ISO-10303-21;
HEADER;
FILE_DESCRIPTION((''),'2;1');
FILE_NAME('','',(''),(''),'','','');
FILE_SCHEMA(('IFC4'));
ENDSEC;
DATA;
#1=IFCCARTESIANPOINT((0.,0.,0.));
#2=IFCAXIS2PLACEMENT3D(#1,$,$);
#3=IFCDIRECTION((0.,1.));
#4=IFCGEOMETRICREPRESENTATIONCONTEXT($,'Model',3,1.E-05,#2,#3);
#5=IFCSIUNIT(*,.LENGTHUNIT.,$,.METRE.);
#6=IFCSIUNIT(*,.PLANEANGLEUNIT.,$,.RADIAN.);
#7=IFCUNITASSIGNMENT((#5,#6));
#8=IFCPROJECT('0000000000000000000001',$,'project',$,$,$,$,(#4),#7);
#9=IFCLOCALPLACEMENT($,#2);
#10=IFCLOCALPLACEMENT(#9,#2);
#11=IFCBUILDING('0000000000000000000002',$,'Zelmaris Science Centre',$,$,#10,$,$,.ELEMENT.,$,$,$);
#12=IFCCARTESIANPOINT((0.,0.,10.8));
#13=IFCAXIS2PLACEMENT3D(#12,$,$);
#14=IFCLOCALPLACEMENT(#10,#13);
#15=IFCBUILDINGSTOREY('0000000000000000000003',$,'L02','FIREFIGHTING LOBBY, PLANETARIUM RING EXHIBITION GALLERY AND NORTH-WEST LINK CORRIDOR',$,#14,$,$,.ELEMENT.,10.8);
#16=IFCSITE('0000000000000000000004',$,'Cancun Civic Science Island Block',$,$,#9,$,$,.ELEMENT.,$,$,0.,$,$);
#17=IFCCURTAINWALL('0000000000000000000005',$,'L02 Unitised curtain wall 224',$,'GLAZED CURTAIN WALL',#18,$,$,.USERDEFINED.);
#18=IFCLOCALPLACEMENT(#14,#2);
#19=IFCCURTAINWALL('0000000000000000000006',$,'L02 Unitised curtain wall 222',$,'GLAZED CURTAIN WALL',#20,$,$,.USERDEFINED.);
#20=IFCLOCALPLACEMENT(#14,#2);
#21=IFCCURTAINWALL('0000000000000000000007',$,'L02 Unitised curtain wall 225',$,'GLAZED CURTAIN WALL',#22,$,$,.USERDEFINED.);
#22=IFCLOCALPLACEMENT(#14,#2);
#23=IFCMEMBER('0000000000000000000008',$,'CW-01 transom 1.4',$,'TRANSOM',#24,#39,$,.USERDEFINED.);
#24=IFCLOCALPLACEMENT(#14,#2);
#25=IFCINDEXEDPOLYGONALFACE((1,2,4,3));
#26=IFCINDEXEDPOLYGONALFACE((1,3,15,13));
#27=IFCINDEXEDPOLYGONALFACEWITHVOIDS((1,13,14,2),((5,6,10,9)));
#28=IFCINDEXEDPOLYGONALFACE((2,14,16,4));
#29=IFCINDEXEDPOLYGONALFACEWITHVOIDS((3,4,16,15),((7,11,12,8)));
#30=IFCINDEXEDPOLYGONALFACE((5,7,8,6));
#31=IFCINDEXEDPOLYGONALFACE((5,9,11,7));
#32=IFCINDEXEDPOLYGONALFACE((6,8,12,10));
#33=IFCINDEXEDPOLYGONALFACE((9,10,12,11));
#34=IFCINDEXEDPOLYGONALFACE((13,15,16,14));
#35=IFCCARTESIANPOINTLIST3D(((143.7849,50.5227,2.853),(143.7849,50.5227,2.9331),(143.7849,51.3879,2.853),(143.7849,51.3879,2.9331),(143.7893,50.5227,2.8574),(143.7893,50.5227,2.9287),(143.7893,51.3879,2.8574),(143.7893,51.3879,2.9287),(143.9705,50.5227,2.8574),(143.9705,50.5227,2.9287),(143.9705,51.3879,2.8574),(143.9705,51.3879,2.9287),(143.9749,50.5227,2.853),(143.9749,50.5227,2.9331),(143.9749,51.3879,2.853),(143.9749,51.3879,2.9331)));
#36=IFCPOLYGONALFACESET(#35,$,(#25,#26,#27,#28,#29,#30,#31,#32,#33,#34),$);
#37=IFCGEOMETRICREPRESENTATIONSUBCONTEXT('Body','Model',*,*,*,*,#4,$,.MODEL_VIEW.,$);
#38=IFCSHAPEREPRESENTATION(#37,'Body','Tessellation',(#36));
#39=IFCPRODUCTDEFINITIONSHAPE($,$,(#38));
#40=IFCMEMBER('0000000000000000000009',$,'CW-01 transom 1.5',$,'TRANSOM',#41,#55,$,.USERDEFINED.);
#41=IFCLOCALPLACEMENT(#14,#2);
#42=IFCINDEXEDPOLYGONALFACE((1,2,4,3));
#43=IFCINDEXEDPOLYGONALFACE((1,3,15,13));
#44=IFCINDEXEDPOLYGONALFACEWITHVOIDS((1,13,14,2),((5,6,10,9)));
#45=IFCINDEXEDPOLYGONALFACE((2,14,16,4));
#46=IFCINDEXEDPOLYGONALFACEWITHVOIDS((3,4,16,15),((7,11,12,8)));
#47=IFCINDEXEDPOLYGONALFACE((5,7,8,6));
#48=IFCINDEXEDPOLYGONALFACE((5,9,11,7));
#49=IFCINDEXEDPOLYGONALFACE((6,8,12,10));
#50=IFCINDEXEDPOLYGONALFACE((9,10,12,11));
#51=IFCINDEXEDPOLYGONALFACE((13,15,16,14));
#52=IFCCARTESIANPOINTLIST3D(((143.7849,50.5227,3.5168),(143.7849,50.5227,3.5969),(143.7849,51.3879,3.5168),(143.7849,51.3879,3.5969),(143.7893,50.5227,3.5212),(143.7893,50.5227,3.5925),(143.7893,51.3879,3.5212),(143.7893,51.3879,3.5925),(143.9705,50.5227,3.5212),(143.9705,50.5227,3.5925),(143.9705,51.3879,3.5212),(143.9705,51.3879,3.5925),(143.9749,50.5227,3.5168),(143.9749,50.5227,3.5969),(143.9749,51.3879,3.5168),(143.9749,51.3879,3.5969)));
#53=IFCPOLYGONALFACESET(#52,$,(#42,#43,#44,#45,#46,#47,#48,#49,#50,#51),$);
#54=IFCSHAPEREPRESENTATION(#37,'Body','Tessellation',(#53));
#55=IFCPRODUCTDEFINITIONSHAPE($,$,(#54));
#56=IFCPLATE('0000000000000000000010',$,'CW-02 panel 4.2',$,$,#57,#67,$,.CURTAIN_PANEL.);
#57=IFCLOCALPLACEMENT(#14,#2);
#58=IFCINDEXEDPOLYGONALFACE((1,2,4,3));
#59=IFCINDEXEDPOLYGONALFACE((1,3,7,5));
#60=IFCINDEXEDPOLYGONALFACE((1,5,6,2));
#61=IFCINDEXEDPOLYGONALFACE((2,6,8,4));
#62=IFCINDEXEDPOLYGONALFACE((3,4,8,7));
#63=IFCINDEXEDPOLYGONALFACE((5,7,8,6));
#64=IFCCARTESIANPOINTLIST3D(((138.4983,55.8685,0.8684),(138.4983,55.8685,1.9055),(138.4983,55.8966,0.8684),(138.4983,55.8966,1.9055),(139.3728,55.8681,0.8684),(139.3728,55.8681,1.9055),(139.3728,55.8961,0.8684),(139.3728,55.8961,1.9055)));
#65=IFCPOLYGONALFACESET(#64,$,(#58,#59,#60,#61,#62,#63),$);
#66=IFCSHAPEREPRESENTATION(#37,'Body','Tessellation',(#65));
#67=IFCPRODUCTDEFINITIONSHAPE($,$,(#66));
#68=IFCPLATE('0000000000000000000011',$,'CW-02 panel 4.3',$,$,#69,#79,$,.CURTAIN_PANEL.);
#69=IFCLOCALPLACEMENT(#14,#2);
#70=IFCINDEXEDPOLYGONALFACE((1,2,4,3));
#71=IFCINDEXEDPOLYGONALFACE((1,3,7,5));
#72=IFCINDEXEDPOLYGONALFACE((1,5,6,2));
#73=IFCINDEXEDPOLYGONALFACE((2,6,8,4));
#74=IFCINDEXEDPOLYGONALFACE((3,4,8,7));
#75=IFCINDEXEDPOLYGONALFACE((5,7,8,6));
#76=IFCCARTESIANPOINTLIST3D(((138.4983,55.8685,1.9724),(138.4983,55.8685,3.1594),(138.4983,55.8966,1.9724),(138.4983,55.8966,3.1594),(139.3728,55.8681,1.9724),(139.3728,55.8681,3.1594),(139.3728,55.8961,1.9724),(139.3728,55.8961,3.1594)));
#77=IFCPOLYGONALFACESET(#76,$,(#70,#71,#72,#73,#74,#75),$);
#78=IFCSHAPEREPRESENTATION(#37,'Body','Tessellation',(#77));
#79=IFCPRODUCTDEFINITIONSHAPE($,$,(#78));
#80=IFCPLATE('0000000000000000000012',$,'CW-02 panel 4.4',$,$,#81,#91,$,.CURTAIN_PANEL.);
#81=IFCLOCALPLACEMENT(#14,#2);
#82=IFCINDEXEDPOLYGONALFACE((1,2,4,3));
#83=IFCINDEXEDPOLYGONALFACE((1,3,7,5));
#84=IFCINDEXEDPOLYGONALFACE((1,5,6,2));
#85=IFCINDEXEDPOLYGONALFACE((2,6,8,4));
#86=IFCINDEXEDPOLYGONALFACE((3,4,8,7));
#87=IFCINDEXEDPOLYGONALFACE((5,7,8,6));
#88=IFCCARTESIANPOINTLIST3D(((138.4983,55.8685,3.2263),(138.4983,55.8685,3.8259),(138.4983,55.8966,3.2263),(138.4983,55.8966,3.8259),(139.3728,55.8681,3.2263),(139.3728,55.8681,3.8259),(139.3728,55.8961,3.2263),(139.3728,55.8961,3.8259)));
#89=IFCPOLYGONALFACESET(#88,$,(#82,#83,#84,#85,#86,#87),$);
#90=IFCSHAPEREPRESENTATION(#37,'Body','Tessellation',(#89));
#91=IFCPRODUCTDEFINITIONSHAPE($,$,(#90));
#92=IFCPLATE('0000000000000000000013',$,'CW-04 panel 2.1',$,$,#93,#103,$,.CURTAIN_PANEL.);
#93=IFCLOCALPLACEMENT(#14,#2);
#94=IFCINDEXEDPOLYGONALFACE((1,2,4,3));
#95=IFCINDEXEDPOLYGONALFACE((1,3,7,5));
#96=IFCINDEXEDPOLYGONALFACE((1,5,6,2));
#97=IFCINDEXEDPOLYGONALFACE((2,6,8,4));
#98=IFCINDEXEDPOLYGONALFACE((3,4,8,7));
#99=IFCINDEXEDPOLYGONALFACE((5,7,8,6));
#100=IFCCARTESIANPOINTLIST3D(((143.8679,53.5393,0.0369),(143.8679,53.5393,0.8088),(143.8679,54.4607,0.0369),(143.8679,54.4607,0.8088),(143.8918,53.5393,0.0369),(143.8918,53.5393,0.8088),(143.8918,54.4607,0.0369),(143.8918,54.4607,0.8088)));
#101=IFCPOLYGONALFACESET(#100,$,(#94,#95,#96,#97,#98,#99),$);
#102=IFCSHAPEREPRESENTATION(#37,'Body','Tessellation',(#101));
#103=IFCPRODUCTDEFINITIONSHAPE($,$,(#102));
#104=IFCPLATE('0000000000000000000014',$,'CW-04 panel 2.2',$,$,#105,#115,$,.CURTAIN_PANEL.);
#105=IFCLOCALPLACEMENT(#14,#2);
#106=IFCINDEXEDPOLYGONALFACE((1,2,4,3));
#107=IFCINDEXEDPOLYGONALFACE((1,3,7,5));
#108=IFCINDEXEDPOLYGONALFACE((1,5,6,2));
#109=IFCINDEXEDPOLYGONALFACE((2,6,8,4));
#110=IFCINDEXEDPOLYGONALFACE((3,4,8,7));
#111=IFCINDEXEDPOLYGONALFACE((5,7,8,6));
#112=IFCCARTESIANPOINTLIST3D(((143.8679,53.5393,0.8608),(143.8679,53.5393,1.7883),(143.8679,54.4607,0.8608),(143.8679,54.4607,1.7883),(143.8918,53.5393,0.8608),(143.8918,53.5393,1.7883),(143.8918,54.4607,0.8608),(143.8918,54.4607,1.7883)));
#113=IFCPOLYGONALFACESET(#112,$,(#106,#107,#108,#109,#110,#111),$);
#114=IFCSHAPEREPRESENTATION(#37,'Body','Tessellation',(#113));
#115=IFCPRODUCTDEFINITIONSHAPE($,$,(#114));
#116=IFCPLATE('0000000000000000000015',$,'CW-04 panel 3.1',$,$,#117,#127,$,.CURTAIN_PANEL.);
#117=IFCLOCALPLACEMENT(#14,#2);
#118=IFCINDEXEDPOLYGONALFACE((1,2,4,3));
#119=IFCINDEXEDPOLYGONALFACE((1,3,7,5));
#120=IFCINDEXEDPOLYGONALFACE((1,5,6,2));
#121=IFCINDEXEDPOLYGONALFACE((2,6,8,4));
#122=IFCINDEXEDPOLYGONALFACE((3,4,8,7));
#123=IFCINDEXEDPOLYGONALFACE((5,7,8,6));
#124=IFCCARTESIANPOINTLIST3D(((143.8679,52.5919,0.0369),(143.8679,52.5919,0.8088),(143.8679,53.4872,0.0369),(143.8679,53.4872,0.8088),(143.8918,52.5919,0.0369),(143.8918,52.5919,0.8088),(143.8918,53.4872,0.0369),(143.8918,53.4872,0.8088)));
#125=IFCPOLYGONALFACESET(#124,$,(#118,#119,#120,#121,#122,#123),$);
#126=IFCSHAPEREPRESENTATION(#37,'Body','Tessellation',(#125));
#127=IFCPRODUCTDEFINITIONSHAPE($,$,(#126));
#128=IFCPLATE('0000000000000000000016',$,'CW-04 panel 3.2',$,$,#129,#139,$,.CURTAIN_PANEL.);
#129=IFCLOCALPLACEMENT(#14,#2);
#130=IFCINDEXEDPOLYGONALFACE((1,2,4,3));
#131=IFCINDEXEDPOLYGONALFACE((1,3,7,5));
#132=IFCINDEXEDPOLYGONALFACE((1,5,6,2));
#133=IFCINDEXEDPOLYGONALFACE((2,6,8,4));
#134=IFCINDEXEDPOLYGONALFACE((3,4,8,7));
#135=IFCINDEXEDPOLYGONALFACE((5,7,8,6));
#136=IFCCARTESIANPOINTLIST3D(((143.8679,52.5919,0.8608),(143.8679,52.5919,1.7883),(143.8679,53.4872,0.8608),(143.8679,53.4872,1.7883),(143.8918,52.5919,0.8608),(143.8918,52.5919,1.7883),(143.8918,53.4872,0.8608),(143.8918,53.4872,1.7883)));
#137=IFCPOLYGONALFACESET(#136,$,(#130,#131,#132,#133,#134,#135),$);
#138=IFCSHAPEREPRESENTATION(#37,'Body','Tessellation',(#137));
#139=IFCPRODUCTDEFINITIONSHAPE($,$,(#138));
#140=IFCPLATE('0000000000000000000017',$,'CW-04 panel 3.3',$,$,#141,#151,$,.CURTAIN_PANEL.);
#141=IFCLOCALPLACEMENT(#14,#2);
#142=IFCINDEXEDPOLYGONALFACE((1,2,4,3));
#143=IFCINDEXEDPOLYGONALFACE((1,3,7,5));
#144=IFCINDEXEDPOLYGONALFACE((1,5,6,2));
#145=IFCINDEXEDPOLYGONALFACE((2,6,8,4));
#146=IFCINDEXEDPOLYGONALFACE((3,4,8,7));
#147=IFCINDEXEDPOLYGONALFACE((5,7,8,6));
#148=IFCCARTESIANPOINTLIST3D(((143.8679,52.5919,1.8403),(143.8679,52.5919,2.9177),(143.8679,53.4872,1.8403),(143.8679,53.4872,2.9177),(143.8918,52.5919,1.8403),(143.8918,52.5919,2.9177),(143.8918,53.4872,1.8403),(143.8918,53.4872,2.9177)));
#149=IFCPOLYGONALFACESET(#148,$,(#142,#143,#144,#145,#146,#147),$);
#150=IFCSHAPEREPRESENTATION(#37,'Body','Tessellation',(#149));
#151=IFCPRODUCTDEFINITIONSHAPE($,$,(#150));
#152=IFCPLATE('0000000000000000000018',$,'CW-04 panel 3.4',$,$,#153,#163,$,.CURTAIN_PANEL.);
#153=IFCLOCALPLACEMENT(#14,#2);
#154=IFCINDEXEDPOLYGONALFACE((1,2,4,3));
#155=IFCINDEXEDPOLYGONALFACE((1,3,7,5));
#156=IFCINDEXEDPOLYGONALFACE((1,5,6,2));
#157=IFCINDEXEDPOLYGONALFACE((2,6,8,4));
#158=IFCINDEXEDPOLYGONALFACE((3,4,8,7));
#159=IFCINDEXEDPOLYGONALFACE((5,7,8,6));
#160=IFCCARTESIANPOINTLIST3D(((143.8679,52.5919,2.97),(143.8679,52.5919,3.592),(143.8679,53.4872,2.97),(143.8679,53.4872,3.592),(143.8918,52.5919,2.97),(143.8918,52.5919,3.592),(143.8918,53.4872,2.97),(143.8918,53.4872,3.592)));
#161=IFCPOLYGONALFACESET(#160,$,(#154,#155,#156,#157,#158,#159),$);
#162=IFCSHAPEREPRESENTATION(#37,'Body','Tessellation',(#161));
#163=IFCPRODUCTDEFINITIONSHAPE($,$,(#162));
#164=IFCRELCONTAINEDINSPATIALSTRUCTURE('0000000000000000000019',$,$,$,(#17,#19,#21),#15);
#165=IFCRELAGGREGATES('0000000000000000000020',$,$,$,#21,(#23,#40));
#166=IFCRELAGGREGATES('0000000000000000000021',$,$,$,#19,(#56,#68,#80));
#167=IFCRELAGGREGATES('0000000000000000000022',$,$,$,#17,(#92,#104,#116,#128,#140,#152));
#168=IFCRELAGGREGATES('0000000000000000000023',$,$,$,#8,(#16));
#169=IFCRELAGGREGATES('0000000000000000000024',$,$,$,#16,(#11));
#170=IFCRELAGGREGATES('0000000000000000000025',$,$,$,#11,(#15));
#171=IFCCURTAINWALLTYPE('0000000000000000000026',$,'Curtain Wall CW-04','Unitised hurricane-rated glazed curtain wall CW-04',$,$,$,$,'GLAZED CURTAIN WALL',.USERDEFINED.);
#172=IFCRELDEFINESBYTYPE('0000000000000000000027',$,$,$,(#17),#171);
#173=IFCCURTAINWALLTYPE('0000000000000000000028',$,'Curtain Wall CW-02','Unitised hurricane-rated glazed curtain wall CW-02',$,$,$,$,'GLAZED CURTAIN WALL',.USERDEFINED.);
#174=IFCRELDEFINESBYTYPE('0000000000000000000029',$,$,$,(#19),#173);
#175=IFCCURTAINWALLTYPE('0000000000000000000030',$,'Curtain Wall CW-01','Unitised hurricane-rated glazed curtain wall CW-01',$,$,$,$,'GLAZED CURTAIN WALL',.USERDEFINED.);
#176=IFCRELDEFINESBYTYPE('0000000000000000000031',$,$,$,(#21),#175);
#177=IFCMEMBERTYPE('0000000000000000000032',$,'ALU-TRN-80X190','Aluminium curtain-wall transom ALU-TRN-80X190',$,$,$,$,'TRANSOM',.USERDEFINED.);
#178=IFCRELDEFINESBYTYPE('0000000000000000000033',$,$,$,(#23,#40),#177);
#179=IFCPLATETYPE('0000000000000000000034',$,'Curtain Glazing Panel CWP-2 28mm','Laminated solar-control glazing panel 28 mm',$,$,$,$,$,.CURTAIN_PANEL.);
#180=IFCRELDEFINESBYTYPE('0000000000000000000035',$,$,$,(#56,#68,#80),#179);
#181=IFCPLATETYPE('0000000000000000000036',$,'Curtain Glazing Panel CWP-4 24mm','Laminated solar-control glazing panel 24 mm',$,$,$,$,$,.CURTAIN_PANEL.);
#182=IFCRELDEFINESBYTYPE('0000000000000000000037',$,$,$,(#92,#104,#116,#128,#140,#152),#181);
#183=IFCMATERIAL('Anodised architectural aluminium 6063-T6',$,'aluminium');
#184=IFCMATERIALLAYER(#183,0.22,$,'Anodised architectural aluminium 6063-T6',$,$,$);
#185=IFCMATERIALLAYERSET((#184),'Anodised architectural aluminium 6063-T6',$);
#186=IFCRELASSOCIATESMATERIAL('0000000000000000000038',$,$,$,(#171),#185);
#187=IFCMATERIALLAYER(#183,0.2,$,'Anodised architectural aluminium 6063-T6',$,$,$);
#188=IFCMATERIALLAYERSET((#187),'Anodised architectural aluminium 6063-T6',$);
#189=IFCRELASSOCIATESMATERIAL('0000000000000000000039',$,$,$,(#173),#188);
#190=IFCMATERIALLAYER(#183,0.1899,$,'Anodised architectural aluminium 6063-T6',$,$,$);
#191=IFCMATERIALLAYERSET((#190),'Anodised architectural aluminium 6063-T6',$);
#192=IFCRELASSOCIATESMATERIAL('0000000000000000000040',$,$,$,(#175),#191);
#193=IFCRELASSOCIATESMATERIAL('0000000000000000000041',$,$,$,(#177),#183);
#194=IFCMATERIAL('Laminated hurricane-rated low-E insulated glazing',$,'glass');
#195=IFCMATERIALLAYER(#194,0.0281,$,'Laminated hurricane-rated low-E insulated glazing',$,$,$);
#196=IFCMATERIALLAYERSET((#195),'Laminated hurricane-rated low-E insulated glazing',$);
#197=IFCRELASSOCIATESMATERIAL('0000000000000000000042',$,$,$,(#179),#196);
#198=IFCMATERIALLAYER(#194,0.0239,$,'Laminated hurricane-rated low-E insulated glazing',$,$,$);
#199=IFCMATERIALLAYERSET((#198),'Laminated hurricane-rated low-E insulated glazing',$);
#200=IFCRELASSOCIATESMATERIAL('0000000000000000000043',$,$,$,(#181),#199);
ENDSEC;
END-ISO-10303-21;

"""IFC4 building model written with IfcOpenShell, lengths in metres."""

from ifc_helpers import new_model, si_unit, direction, frame, origin, origin_2d, place, context, subcontext, project, spatial, rectangle, hollow_rectangle, extrude, material, layer, layer_set, material_profile, profile_set, type_object, element, aggregate, save


model = new_model("IFC4")

# Units and contexts
model_context = context("Model", 3, precision=1e-05, world=origin(), true_north=direction((0.0, 1.0)))
body_context = subcontext(model_context, "Body", "Model", "MODEL_VIEW")
ifc_project = project(units=[si_unit("LENGTHUNIT", "METRE"), si_unit("PLANEANGLEUNIT", "RADIAN")], contexts=[model_context])

# Site, building, storey
site_placement = place(None, origin())
site = spatial("IfcSite", under=ifc_project, at=site_placement, Name="Cancun Civic Science Island Block", CompositionType="ELEMENT", RefElevation=0.0)
building_placement = place(site_placement, origin())
building = spatial("IfcBuilding", under=site, at=building_placement, Name="Zelmaris Science Centre", CompositionType="ELEMENT")
storey_placement = place(building_placement, frame((0.0, 0.0, 10.8)))
storey = spatial("IfcBuildingStorey", under=building, at=storey_placement, Name="L02", Description="FIREFIGHTING LOBBY, PLANETARIUM RING EXHIBITION GALLERY AND NORTH-WEST LINK CORRIDOR", CompositionType="ELEMENT", Elevation=10.8)

# Curtain wall
ifc_material_1 = material(Name="Anodised architectural aluminium 6063-T6", Category="aluminium")
ifc_layer_1 = layer(ifc_material_1, 0.22, Name="Anodised architectural aluminium 6063-T6")
ifc_layer_set_1 = layer_set([ifc_layer_1], Name="Anodised architectural aluminium 6063-T6")
curtain_wall_type_1 = type_object("IfcCurtainWallType", Name="Curtain Wall CW-04", Description="Unitised hurricane-rated glazed curtain wall CW-04", ElementType="GLAZED CURTAIN WALL", PredefinedType="USERDEFINED", material=ifc_layer_set_1)
curtain_wall_1_placement = place(storey_placement, origin())
curtain_wall_1 = element("IfcCurtainWall", 1, at=curtain_wall_1_placement, inside=storey, type_object=curtain_wall_type_1, Name="L02 Unitised curtain wall 224", ObjectType="GLAZED CURTAIN WALL", PredefinedType="USERDEFINED")

# Curtain walls
ifc_layer_2 = layer(ifc_material_1, 0.2, Name="Anodised architectural aluminium 6063-T6")
ifc_layer_set_2 = layer_set([ifc_layer_2], Name="Anodised architectural aluminium 6063-T6")
curtain_wall_type_2 = type_object("IfcCurtainWallType", Name="Curtain Wall CW-02", Description="Unitised hurricane-rated glazed curtain wall CW-02", ElementType="GLAZED CURTAIN WALL", PredefinedType="USERDEFINED", material=ifc_layer_set_2)
curtain_wall_2_placement = place(storey_placement, origin())
curtain_wall_2 = element("IfcCurtainWall", 2, at=curtain_wall_2_placement, inside=storey, type_object=curtain_wall_type_2, Name="L02 Unitised curtain wall 222", ObjectType="GLAZED CURTAIN WALL", PredefinedType="USERDEFINED")
ifc_layer_3 = layer(ifc_material_1, 0.1899, Name="Anodised architectural aluminium 6063-T6")
ifc_layer_set_3 = layer_set([ifc_layer_3], Name="Anodised architectural aluminium 6063-T6")
curtain_wall_type_3 = type_object("IfcCurtainWallType", Name="Curtain Wall CW-01", Description="Unitised hurricane-rated glazed curtain wall CW-01", ElementType="GLAZED CURTAIN WALL", PredefinedType="USERDEFINED", material=ifc_layer_set_3)
curtain_wall_3_placement = place(storey_placement, origin())
curtain_wall_3 = element("IfcCurtainWall", 3, at=curtain_wall_3_placement, inside=storey, type_object=curtain_wall_type_3, Name="L02 Unitised curtain wall 225", ObjectType="GLAZED CURTAIN WALL", PredefinedType="USERDEFINED")

# Members
ifc_material_profile_1 = material_profile(ifc_material_1, hollow_rectangle(XDim=0.0801, YDim=0.1899, WallThickness=0.0044, at=origin_2d()), Name="ALU-TRN-80X190")
ifc_profile_set_1 = profile_set([ifc_material_profile_1], Name="Anodised architectural aluminium 6063-T6")
member_type_1 = type_object("IfcMemberType", Name="ALU-TRN-80X190", Description="Aluminium curtain-wall transom ALU-TRN-80X190", ElementType="TRANSOM", PredefinedType="USERDEFINED", material=ifc_profile_set_1)
member_1_placement = place(storey_placement, frame((143.8799, 51.3879, 2.8931), z_axis=(0.0, -1.0, 0.0), x_axis=(0.0, 0.0, 1.0)))
member_1 = element("IfcMember", 4, at=member_1_placement, type_object=member_type_1, Name="CW-01 transom 1.4", ObjectType="TRANSOM", PredefinedType="USERDEFINED", context=body_context, shape_type="SweptSolid", body=[
    extrude(hollow_rectangle(XDim=0.0801, YDim=0.1899, WallThickness=0.0044, at=origin_2d()), origin(), (0.0, 0.0, 1.0), 0.8652),
])
member_2_placement = place(storey_placement, frame((143.8799, 51.3879, 3.5569), z_axis=(0.0, -1.0, 0.0), x_axis=(0.0, 0.0, 1.0)))
member_2 = element("IfcMember", 5, at=member_2_placement, type_object=member_type_1, Name="CW-01 transom 1.5", ObjectType="TRANSOM", PredefinedType="USERDEFINED", context=body_context, shape_type="SweptSolid", body=[
    extrude(hollow_rectangle(XDim=0.0801, YDim=0.1899, WallThickness=0.0044, at=origin_2d()), origin(), (0.0, 0.0, 1.0), 0.8652),
])
aggregate(curtain_wall_3, [member_1, member_2])

# Plates
ifc_material_2 = material(Name="Laminated hurricane-rated low-E insulated glazing", Category="glass")
ifc_layer_4 = layer(ifc_material_2, 0.0281, Name="Laminated hurricane-rated low-E insulated glazing")
ifc_layer_set_4 = layer_set([ifc_layer_4], Name="Laminated hurricane-rated low-E insulated glazing")
plate_type_1 = type_object("IfcPlateType", Name="Curtain Glazing Panel CWP-2 28mm", Description="Laminated solar-control glazing panel 28 mm", PredefinedType="CURTAIN_PANEL", material=ifc_layer_set_4)
plate_1_placement = place(storey_placement, frame((138.9355, 55.8823, 0.8684), z_axis=(0.0, 0.0, 1.0), x_axis=(1.0, -0.000487, 0.0)))
plate_1 = element("IfcPlate", 6, at=plate_1_placement, type_object=plate_type_1, Name="CW-02 panel 4.2", PredefinedType="CURTAIN_PANEL", context=body_context, shape_type="SweptSolid", body=[
    extrude(rectangle(XDim=0.8745, YDim=0.0281, at=origin_2d()), origin(), (0.0, 0.0, 1.0), 1.0371),
])
plate_2_placement = place(storey_placement, frame((138.9355, 55.8823, 1.9724), z_axis=(0.0, 0.0, 1.0), x_axis=(1.0, -0.000487, 0.0)))
plate_2 = element("IfcPlate", 7, at=plate_2_placement, type_object=plate_type_1, Name="CW-02 panel 4.3", PredefinedType="CURTAIN_PANEL", context=body_context, shape_type="SweptSolid", body=[
    extrude(rectangle(XDim=0.8745, YDim=0.0281, at=origin_2d()), origin(), (0.0, 0.0, 1.0), 1.187),
])
plate_3_placement = place(storey_placement, frame((138.9355, 55.8823, 3.2263), z_axis=(0.0, 0.0, 1.0), x_axis=(1.0, -0.000487, 0.0)))
plate_3 = element("IfcPlate", 8, at=plate_3_placement, type_object=plate_type_1, Name="CW-02 panel 4.4", PredefinedType="CURTAIN_PANEL", context=body_context, shape_type="SweptSolid", body=[
    extrude(rectangle(XDim=0.8745, YDim=0.0281, at=origin_2d()), origin(), (0.0, 0.0, 1.0), 0.5996),
])
aggregate(curtain_wall_2, [plate_1, plate_2, plate_3])
ifc_layer_5 = layer(ifc_material_2, 0.0239, Name="Laminated hurricane-rated low-E insulated glazing")
ifc_layer_set_5 = layer_set([ifc_layer_5], Name="Laminated hurricane-rated low-E insulated glazing")
plate_type_2 = type_object("IfcPlateType", Name="Curtain Glazing Panel CWP-4 24mm", Description="Laminated solar-control glazing panel 24 mm", PredefinedType="CURTAIN_PANEL", material=ifc_layer_set_5)
plate_4_placement = place(storey_placement, frame((143.8799, 54.0, 0.0369), z_axis=(0.0, 0.0, 1.0), x_axis=(0.0, -1.0, 0.0)))
plate_4 = element("IfcPlate", 9, at=plate_4_placement, type_object=plate_type_2, Name="CW-04 panel 2.1", PredefinedType="CURTAIN_PANEL", context=body_context, shape_type="SweptSolid", body=[
    extrude(rectangle(XDim=0.9214, YDim=0.0239, at=origin_2d()), origin(), (0.0, 0.0, 1.0), 0.772),
])
plate_5_placement = place(storey_placement, frame((143.8799, 54.0, 0.8608), z_axis=(0.0, 0.0, 1.0), x_axis=(0.0, -1.0, 0.0)))
plate_5 = element("IfcPlate", 10, at=plate_5_placement, type_object=plate_type_2, Name="CW-04 panel 2.2", PredefinedType="CURTAIN_PANEL", context=body_context, shape_type="SweptSolid", body=[
    extrude(rectangle(XDim=0.9214, YDim=0.0239, at=origin_2d()), origin(), (0.0, 0.0, 1.0), 0.9275),
])
plate_6_placement = place(storey_placement, frame((143.8799, 53.0396, 0.0369), z_axis=(0.0, 0.0, 1.0), x_axis=(0.0, -1.0, 0.0)))
plate_6 = element("IfcPlate", 11, at=plate_6_placement, type_object=plate_type_2, Name="CW-04 panel 3.1", PredefinedType="CURTAIN_PANEL", context=body_context, shape_type="SweptSolid", body=[
    extrude(rectangle(XDim=0.8953, YDim=0.0239, at=origin_2d()), origin(), (0.0, 0.0, 1.0), 0.772),
])
plate_7_placement = place(storey_placement, frame((143.8799, 53.0396, 0.8608), z_axis=(0.0, 0.0, 1.0), x_axis=(0.0, -1.0, 0.0)))
plate_7 = element("IfcPlate", 12, at=plate_7_placement, type_object=plate_type_2, Name="CW-04 panel 3.2", PredefinedType="CURTAIN_PANEL", context=body_context, shape_type="SweptSolid", body=[
    extrude(rectangle(XDim=0.8953, YDim=0.0239, at=origin_2d()), origin(), (0.0, 0.0, 1.0), 0.9275),
])
plate_8_placement = place(storey_placement, frame((143.8799, 53.0396, 1.8403), z_axis=(0.0, 0.0, 1.0), x_axis=(0.0, -1.0, 0.0)))
plate_8 = element("IfcPlate", 13, at=plate_8_placement, type_object=plate_type_2, Name="CW-04 panel 3.3", PredefinedType="CURTAIN_PANEL", context=body_context, shape_type="SweptSolid", body=[
    extrude(rectangle(XDim=0.8953, YDim=0.0239, at=origin_2d()), origin(), (0.0, 0.0, 1.0), 1.0774),
])
plate_9_placement = place(storey_placement, frame((143.8799, 53.0396, 2.97), z_axis=(0.0, 0.0, 1.0), x_axis=(0.0, -1.0, 0.0)))
plate_9 = element("IfcPlate", 14, at=plate_9_placement, type_object=plate_type_2, Name="CW-04 panel 3.4", PredefinedType="CURTAIN_PANEL", context=body_context, shape_type="SweptSolid", body=[
    extrude(rectangle(XDim=0.8953, YDim=0.0239, at=origin_2d()), origin(), (0.0, 0.0, 1.0), 0.6221),
])
aggregate(curtain_wall_1, [plate_4, plate_5, plate_6, plate_7, plate_8, plate_9])

save(model, "model.ifc")
